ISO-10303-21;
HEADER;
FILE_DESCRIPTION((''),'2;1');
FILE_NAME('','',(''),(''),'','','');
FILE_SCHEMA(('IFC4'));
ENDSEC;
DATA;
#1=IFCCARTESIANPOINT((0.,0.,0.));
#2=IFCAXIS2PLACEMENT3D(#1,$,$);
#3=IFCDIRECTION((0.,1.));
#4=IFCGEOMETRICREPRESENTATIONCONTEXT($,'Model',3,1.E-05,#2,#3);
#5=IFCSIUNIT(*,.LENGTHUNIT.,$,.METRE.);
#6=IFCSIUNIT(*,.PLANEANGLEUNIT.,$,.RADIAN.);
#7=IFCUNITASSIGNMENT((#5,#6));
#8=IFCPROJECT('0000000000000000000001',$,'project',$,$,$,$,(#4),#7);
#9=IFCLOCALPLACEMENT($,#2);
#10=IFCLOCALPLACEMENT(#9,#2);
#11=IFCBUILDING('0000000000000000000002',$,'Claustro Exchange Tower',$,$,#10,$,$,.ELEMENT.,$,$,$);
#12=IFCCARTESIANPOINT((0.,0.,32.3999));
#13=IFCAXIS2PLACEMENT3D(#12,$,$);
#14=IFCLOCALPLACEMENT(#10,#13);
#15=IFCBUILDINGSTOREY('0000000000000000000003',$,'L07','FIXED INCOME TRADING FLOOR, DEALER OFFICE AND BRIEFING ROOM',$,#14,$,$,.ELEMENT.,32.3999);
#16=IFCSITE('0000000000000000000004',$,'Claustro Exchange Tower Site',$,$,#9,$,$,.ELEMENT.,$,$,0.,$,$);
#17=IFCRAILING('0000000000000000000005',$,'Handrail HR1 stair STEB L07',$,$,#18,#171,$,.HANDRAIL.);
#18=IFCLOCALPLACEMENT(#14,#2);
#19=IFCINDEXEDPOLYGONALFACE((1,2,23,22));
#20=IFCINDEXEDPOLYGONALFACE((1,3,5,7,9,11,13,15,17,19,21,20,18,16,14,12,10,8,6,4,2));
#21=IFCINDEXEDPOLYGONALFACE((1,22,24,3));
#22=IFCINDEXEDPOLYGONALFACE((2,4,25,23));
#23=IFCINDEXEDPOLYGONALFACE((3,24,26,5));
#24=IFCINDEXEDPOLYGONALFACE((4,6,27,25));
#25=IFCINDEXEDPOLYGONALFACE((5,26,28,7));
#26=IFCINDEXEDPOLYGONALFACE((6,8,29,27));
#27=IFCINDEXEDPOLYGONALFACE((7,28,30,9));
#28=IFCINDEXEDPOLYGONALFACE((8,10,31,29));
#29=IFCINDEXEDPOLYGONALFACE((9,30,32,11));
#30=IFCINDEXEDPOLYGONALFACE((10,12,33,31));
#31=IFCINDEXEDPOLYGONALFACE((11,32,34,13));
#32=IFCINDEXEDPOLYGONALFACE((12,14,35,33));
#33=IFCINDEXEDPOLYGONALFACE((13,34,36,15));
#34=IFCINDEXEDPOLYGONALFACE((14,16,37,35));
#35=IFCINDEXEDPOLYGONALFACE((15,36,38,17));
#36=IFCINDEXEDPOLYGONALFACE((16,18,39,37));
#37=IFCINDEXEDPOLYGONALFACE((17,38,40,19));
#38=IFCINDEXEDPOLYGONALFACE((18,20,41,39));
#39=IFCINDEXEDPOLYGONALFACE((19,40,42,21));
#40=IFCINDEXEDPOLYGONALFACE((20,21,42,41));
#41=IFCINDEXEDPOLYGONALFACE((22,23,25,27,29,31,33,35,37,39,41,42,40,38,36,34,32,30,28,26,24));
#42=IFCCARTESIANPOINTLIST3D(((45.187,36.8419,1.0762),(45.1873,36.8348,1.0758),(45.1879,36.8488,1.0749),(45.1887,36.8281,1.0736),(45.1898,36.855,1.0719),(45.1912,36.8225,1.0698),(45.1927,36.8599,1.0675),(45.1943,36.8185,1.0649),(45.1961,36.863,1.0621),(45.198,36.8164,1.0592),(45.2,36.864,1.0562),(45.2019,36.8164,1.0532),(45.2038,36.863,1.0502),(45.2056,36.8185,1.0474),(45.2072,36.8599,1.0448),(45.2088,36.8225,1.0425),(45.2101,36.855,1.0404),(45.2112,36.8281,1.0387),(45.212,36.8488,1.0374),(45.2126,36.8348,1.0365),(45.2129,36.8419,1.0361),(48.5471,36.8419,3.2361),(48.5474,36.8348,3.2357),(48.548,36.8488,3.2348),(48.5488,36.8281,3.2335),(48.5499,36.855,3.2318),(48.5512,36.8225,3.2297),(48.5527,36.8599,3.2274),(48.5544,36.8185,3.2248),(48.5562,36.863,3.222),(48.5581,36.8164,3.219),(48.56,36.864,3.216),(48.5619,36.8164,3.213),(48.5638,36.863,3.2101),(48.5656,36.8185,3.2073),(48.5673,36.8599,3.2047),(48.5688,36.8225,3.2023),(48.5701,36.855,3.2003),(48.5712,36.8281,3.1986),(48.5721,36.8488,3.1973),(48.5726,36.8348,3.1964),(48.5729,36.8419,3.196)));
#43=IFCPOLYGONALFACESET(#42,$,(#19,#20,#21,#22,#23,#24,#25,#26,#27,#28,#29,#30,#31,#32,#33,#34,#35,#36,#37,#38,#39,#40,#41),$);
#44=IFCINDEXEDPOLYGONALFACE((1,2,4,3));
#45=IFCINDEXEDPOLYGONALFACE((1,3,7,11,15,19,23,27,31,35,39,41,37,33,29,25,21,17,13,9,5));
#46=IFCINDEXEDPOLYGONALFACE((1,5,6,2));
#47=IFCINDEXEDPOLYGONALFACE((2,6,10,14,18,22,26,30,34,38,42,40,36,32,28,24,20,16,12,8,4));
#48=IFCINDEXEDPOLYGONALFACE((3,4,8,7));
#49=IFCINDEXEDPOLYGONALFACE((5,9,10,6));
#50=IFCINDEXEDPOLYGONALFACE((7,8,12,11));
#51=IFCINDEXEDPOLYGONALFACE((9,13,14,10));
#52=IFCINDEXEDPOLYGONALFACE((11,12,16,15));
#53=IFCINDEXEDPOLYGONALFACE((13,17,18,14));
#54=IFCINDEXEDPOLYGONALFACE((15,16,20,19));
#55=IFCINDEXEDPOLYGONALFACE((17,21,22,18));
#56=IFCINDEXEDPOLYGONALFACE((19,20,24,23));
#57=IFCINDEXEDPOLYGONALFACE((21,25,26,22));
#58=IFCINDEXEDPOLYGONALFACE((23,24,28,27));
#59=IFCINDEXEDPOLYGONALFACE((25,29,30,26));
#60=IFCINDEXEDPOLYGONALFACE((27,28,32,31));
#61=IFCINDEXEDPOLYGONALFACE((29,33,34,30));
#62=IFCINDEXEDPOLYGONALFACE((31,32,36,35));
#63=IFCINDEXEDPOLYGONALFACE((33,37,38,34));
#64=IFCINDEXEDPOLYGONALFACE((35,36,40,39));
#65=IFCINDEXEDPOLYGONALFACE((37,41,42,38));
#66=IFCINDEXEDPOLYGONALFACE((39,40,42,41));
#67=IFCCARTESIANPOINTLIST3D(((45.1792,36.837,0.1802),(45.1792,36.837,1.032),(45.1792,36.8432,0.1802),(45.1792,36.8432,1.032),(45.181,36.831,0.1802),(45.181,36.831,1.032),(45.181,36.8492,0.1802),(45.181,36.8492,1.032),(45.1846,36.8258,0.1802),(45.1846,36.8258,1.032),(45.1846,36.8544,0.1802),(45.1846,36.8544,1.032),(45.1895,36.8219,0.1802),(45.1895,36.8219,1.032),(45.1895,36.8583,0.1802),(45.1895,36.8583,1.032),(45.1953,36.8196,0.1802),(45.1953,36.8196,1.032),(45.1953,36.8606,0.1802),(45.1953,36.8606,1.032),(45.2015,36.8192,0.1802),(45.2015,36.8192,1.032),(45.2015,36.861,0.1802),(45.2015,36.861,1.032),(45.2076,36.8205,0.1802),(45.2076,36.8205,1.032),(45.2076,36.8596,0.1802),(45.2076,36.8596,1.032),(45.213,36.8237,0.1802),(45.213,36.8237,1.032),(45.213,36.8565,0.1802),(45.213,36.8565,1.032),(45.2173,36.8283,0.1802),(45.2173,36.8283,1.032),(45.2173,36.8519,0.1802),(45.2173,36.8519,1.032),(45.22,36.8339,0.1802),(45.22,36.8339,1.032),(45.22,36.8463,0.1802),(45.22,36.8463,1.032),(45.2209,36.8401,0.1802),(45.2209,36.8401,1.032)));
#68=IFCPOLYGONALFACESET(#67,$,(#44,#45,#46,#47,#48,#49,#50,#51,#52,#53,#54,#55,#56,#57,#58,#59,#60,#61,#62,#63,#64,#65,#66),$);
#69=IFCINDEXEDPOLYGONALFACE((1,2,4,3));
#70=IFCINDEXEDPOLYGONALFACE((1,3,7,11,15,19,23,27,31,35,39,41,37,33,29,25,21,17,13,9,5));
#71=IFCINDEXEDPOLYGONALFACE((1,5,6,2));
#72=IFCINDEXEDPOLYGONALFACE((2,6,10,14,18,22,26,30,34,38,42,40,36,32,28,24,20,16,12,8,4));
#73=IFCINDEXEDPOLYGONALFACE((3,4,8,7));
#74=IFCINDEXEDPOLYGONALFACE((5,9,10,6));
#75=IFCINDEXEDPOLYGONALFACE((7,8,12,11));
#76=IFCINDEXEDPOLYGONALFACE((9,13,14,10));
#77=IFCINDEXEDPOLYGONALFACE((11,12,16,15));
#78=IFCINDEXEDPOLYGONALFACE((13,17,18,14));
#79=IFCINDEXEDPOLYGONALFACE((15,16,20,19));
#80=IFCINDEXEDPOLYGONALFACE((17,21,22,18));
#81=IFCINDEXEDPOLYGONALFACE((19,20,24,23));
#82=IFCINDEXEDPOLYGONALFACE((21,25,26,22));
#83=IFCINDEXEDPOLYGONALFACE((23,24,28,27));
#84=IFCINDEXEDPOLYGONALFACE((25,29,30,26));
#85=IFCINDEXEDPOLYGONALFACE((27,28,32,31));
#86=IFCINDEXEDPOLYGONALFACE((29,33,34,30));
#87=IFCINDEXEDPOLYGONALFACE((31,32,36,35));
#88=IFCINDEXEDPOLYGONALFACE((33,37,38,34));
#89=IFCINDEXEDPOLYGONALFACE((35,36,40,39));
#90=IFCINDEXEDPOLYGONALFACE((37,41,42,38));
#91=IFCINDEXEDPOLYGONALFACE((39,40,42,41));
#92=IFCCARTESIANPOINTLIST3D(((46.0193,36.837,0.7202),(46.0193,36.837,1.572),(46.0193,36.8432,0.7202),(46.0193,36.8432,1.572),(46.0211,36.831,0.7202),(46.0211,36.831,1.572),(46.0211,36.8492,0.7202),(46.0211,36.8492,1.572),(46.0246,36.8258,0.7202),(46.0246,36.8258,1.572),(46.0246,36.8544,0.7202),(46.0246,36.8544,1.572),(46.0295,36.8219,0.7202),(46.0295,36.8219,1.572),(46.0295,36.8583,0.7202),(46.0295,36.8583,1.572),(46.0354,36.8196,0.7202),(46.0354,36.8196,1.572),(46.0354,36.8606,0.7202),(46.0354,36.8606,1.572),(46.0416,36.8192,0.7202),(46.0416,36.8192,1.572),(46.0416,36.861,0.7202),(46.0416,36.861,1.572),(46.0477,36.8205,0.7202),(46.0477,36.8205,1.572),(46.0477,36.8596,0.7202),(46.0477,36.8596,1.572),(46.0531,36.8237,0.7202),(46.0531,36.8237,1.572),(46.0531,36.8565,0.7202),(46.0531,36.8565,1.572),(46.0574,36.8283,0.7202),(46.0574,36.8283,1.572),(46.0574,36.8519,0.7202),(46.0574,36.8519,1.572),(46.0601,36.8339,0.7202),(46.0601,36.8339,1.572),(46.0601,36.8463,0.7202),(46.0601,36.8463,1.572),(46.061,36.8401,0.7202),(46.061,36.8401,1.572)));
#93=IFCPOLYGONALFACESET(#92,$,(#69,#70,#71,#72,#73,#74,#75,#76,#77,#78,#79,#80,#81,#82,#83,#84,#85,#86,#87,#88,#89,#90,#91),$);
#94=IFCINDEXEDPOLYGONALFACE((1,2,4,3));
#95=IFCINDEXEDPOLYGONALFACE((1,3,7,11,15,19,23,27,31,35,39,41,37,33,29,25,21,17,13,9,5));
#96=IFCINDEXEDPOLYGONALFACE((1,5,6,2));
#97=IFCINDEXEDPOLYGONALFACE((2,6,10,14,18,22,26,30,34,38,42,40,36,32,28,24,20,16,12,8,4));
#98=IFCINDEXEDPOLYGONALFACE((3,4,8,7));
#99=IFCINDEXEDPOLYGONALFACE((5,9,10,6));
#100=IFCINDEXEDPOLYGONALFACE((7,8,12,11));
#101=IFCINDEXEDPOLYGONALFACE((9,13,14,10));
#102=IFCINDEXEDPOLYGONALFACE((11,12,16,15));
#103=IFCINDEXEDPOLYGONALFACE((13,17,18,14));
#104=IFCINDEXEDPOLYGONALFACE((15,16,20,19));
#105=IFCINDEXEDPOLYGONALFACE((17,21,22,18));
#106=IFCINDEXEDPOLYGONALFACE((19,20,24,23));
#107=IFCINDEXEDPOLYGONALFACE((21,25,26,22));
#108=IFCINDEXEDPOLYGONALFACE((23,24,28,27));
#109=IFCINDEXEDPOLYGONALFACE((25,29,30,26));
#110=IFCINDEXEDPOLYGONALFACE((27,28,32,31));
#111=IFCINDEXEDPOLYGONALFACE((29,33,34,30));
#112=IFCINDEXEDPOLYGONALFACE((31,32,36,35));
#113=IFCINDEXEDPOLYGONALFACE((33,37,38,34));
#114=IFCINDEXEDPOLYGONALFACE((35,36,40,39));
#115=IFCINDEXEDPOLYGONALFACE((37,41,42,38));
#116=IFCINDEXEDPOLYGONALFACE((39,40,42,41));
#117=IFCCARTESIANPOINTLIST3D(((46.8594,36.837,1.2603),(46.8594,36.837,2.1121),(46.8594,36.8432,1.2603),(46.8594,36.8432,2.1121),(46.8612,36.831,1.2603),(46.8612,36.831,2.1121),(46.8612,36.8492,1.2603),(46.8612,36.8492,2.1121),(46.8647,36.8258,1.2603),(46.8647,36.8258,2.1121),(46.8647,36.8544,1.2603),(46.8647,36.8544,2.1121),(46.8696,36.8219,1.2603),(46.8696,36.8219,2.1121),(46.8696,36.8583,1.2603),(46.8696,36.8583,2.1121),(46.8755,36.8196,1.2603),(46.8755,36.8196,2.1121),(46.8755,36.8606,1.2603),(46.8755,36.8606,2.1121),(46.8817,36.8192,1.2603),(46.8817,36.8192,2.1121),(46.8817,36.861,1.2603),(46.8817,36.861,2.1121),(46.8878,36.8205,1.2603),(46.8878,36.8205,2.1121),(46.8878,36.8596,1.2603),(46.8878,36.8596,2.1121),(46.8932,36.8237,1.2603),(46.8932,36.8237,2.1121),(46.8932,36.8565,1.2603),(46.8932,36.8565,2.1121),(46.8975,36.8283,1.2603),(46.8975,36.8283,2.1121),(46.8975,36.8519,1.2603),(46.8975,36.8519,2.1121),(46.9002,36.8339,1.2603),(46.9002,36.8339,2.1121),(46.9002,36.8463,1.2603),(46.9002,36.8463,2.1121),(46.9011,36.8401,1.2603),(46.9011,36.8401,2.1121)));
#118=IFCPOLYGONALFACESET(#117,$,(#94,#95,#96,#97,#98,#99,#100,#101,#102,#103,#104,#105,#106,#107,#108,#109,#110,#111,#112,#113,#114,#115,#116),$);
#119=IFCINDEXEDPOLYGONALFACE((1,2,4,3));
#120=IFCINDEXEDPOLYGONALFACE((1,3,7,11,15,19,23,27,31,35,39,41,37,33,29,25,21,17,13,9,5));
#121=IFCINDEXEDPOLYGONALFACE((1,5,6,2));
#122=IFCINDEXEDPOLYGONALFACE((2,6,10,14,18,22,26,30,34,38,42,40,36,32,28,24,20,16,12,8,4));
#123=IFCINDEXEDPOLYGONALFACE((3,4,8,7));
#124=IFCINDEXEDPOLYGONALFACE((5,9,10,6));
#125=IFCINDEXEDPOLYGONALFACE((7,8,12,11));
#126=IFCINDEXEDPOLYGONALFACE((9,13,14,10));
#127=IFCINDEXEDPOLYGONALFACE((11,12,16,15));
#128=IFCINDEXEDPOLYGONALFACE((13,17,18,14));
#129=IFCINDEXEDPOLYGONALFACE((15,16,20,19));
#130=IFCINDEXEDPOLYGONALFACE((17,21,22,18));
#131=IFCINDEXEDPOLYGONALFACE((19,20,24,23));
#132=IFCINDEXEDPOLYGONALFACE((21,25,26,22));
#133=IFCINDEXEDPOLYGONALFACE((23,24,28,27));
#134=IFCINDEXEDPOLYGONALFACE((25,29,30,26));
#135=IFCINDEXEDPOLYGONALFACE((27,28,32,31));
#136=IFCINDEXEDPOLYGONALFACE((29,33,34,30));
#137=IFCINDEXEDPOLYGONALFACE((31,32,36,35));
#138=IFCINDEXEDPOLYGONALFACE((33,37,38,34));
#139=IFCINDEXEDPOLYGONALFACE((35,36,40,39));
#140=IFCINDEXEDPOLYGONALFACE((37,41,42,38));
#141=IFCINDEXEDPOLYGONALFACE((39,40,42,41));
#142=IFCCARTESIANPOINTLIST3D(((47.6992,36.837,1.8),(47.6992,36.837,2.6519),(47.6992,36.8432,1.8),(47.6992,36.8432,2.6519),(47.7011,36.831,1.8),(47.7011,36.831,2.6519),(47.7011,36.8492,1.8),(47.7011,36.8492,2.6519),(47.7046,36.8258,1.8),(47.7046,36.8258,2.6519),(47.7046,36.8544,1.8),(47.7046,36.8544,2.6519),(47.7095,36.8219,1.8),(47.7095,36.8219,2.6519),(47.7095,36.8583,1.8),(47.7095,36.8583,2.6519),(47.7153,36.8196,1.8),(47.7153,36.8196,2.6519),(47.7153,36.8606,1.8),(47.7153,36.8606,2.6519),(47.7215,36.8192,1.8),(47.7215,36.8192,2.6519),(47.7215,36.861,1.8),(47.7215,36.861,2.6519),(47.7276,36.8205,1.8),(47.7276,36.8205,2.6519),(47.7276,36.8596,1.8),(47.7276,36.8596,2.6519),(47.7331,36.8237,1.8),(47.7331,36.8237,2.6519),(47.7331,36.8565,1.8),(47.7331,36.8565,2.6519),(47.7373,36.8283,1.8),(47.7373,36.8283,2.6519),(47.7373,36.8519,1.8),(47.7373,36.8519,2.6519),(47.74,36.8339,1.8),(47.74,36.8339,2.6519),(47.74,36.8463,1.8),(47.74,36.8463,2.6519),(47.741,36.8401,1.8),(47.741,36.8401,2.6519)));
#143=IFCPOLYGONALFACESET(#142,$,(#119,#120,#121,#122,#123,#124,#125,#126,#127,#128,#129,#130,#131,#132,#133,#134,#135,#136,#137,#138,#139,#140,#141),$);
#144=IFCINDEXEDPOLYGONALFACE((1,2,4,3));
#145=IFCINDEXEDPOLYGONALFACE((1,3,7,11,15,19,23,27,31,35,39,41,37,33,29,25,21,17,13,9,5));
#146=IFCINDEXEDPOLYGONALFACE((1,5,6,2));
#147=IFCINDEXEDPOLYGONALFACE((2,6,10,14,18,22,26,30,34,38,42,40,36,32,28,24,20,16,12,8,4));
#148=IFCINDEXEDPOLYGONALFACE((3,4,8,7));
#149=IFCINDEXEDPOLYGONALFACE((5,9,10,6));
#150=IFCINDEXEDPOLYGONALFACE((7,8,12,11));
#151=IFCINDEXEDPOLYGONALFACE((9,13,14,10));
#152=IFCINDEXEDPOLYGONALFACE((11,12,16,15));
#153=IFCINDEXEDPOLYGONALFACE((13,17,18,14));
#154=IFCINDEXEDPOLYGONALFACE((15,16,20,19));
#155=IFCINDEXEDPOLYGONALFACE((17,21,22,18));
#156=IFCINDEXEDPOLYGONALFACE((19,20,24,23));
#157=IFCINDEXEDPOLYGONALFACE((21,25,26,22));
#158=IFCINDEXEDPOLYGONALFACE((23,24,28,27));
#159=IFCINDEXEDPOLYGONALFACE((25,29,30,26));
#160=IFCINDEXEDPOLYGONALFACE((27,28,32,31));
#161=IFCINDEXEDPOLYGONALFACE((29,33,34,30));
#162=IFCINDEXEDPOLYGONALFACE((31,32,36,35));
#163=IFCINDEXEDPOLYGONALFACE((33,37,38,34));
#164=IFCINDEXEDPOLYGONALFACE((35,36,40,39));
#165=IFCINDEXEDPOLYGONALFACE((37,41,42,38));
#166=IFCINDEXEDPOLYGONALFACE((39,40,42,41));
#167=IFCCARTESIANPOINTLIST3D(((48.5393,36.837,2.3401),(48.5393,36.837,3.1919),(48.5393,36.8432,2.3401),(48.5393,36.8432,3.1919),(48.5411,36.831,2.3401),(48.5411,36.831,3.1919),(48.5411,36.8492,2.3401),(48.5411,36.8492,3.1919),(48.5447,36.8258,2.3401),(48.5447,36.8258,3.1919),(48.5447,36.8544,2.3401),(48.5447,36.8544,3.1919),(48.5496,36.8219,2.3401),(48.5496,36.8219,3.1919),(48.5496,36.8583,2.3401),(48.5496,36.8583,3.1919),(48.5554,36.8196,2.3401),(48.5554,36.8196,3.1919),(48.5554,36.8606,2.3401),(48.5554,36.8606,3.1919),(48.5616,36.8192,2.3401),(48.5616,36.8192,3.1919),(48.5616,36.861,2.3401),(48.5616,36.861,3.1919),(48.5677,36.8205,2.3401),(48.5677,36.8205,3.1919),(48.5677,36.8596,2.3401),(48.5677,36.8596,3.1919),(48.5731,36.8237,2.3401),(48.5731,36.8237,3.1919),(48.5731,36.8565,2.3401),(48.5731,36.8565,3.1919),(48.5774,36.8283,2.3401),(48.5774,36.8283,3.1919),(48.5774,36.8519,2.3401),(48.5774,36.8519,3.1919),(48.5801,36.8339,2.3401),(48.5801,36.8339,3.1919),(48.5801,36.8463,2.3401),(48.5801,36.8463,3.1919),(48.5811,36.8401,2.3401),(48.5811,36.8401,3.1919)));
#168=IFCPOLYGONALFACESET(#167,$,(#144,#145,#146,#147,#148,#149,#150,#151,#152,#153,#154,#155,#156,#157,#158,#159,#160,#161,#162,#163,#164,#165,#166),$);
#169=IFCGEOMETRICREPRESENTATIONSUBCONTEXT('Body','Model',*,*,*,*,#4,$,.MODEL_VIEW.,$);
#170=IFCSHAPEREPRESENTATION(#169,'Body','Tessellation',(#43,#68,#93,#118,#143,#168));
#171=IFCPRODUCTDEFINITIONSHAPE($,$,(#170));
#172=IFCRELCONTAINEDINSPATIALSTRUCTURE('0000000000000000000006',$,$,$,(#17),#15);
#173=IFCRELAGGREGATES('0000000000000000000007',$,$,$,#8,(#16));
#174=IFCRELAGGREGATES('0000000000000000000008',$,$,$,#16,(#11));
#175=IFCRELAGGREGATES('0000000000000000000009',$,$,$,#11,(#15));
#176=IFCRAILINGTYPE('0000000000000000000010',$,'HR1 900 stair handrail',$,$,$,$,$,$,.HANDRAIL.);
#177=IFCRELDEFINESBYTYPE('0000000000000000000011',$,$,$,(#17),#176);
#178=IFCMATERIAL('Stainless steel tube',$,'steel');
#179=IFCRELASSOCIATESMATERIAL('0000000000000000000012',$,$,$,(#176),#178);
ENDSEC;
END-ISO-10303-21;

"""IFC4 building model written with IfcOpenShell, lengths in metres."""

from ifc_helpers import new_model, si_unit, direction, frame, origin, origin_2d, place, context, subcontext, project, spatial, circle, extrude, material, type_object, element, save


model = new_model("IFC4")

# Units and contexts
model_context = context("Model", 3, precision=1e-05, world=origin(), true_north=direction((0.0, 1.0)))
body_context = subcontext(model_context, "Body", "Model", "MODEL_VIEW")
ifc_project = project(units=[si_unit("LENGTHUNIT", "METRE"), si_unit("PLANEANGLEUNIT", "RADIAN")], contexts=[model_context])

# Site, building, storey
site_placement = place(None, origin())
site = spatial("IfcSite", under=ifc_project, at=site_placement, Name="Claustro Exchange Tower Site", CompositionType="ELEMENT", RefElevation=0.0)
building_placement = place(site_placement, origin())
building = spatial("IfcBuilding", under=site, at=building_placement, Name="Claustro Exchange Tower", CompositionType="ELEMENT")
storey_placement = place(building_placement, frame((0.0, 0.0, 32.3999)))
storey = spatial("IfcBuildingStorey", under=building, at=storey_placement, Name="L07", Description="FIXED INCOME TRADING FLOOR, DEALER OFFICE AND BRIEFING ROOM", CompositionType="ELEMENT", Elevation=32.3999)

# Railing
ifc_material_1 = material(Name="Stainless steel tube", Category="steel")
railing_type_1 = type_object("IfcRailingType", Name="HR1 900 stair handrail", PredefinedType="HANDRAIL", material=ifc_material_1)
railing_1_placement = place(storey_placement, frame((45.2, 36.8401, 0.1802)))
element("IfcRailing", 1, at=railing_1_placement, inside=storey, type_object=railing_type_1, Name="Handrail HR1 stair STEB L07", PredefinedType="HANDRAIL", context=body_context, shape_type="SweptSolid", body=[
    extrude(circle(Radius=0.0239, at=origin_2d()), frame((0.0, 0.0, 0.876), z_axis=(0.841196, 0.0, 0.54073), x_axis=(0.0, 1.0, 0.0)), (0.0, 0.0, 1.0), 3.9944),
    extrude(circle(Radius=0.021, at=origin_2d()), origin(), (0.0, 0.0, 1.0), 0.8518),
    extrude(circle(Radius=0.021, at=origin_2d()), frame((0.8401, 0.0, 0.54)), (0.0, 0.0, 1.0), 0.8518),
    extrude(circle(Radius=0.021, at=origin_2d()), frame((1.6802, 0.0, 1.0801)), (0.0, 0.0, 1.0), 0.8518),
    extrude(circle(Radius=0.021, at=origin_2d()), frame((2.52, 0.0, 1.6199)), (0.0, 0.0, 1.0), 0.8518),
    extrude(circle(Radius=0.021, at=origin_2d()), frame((3.3601, 0.0, 2.1599)), (0.0, 0.0, 1.0), 0.8518),
])

save(model, "model.ifc")
